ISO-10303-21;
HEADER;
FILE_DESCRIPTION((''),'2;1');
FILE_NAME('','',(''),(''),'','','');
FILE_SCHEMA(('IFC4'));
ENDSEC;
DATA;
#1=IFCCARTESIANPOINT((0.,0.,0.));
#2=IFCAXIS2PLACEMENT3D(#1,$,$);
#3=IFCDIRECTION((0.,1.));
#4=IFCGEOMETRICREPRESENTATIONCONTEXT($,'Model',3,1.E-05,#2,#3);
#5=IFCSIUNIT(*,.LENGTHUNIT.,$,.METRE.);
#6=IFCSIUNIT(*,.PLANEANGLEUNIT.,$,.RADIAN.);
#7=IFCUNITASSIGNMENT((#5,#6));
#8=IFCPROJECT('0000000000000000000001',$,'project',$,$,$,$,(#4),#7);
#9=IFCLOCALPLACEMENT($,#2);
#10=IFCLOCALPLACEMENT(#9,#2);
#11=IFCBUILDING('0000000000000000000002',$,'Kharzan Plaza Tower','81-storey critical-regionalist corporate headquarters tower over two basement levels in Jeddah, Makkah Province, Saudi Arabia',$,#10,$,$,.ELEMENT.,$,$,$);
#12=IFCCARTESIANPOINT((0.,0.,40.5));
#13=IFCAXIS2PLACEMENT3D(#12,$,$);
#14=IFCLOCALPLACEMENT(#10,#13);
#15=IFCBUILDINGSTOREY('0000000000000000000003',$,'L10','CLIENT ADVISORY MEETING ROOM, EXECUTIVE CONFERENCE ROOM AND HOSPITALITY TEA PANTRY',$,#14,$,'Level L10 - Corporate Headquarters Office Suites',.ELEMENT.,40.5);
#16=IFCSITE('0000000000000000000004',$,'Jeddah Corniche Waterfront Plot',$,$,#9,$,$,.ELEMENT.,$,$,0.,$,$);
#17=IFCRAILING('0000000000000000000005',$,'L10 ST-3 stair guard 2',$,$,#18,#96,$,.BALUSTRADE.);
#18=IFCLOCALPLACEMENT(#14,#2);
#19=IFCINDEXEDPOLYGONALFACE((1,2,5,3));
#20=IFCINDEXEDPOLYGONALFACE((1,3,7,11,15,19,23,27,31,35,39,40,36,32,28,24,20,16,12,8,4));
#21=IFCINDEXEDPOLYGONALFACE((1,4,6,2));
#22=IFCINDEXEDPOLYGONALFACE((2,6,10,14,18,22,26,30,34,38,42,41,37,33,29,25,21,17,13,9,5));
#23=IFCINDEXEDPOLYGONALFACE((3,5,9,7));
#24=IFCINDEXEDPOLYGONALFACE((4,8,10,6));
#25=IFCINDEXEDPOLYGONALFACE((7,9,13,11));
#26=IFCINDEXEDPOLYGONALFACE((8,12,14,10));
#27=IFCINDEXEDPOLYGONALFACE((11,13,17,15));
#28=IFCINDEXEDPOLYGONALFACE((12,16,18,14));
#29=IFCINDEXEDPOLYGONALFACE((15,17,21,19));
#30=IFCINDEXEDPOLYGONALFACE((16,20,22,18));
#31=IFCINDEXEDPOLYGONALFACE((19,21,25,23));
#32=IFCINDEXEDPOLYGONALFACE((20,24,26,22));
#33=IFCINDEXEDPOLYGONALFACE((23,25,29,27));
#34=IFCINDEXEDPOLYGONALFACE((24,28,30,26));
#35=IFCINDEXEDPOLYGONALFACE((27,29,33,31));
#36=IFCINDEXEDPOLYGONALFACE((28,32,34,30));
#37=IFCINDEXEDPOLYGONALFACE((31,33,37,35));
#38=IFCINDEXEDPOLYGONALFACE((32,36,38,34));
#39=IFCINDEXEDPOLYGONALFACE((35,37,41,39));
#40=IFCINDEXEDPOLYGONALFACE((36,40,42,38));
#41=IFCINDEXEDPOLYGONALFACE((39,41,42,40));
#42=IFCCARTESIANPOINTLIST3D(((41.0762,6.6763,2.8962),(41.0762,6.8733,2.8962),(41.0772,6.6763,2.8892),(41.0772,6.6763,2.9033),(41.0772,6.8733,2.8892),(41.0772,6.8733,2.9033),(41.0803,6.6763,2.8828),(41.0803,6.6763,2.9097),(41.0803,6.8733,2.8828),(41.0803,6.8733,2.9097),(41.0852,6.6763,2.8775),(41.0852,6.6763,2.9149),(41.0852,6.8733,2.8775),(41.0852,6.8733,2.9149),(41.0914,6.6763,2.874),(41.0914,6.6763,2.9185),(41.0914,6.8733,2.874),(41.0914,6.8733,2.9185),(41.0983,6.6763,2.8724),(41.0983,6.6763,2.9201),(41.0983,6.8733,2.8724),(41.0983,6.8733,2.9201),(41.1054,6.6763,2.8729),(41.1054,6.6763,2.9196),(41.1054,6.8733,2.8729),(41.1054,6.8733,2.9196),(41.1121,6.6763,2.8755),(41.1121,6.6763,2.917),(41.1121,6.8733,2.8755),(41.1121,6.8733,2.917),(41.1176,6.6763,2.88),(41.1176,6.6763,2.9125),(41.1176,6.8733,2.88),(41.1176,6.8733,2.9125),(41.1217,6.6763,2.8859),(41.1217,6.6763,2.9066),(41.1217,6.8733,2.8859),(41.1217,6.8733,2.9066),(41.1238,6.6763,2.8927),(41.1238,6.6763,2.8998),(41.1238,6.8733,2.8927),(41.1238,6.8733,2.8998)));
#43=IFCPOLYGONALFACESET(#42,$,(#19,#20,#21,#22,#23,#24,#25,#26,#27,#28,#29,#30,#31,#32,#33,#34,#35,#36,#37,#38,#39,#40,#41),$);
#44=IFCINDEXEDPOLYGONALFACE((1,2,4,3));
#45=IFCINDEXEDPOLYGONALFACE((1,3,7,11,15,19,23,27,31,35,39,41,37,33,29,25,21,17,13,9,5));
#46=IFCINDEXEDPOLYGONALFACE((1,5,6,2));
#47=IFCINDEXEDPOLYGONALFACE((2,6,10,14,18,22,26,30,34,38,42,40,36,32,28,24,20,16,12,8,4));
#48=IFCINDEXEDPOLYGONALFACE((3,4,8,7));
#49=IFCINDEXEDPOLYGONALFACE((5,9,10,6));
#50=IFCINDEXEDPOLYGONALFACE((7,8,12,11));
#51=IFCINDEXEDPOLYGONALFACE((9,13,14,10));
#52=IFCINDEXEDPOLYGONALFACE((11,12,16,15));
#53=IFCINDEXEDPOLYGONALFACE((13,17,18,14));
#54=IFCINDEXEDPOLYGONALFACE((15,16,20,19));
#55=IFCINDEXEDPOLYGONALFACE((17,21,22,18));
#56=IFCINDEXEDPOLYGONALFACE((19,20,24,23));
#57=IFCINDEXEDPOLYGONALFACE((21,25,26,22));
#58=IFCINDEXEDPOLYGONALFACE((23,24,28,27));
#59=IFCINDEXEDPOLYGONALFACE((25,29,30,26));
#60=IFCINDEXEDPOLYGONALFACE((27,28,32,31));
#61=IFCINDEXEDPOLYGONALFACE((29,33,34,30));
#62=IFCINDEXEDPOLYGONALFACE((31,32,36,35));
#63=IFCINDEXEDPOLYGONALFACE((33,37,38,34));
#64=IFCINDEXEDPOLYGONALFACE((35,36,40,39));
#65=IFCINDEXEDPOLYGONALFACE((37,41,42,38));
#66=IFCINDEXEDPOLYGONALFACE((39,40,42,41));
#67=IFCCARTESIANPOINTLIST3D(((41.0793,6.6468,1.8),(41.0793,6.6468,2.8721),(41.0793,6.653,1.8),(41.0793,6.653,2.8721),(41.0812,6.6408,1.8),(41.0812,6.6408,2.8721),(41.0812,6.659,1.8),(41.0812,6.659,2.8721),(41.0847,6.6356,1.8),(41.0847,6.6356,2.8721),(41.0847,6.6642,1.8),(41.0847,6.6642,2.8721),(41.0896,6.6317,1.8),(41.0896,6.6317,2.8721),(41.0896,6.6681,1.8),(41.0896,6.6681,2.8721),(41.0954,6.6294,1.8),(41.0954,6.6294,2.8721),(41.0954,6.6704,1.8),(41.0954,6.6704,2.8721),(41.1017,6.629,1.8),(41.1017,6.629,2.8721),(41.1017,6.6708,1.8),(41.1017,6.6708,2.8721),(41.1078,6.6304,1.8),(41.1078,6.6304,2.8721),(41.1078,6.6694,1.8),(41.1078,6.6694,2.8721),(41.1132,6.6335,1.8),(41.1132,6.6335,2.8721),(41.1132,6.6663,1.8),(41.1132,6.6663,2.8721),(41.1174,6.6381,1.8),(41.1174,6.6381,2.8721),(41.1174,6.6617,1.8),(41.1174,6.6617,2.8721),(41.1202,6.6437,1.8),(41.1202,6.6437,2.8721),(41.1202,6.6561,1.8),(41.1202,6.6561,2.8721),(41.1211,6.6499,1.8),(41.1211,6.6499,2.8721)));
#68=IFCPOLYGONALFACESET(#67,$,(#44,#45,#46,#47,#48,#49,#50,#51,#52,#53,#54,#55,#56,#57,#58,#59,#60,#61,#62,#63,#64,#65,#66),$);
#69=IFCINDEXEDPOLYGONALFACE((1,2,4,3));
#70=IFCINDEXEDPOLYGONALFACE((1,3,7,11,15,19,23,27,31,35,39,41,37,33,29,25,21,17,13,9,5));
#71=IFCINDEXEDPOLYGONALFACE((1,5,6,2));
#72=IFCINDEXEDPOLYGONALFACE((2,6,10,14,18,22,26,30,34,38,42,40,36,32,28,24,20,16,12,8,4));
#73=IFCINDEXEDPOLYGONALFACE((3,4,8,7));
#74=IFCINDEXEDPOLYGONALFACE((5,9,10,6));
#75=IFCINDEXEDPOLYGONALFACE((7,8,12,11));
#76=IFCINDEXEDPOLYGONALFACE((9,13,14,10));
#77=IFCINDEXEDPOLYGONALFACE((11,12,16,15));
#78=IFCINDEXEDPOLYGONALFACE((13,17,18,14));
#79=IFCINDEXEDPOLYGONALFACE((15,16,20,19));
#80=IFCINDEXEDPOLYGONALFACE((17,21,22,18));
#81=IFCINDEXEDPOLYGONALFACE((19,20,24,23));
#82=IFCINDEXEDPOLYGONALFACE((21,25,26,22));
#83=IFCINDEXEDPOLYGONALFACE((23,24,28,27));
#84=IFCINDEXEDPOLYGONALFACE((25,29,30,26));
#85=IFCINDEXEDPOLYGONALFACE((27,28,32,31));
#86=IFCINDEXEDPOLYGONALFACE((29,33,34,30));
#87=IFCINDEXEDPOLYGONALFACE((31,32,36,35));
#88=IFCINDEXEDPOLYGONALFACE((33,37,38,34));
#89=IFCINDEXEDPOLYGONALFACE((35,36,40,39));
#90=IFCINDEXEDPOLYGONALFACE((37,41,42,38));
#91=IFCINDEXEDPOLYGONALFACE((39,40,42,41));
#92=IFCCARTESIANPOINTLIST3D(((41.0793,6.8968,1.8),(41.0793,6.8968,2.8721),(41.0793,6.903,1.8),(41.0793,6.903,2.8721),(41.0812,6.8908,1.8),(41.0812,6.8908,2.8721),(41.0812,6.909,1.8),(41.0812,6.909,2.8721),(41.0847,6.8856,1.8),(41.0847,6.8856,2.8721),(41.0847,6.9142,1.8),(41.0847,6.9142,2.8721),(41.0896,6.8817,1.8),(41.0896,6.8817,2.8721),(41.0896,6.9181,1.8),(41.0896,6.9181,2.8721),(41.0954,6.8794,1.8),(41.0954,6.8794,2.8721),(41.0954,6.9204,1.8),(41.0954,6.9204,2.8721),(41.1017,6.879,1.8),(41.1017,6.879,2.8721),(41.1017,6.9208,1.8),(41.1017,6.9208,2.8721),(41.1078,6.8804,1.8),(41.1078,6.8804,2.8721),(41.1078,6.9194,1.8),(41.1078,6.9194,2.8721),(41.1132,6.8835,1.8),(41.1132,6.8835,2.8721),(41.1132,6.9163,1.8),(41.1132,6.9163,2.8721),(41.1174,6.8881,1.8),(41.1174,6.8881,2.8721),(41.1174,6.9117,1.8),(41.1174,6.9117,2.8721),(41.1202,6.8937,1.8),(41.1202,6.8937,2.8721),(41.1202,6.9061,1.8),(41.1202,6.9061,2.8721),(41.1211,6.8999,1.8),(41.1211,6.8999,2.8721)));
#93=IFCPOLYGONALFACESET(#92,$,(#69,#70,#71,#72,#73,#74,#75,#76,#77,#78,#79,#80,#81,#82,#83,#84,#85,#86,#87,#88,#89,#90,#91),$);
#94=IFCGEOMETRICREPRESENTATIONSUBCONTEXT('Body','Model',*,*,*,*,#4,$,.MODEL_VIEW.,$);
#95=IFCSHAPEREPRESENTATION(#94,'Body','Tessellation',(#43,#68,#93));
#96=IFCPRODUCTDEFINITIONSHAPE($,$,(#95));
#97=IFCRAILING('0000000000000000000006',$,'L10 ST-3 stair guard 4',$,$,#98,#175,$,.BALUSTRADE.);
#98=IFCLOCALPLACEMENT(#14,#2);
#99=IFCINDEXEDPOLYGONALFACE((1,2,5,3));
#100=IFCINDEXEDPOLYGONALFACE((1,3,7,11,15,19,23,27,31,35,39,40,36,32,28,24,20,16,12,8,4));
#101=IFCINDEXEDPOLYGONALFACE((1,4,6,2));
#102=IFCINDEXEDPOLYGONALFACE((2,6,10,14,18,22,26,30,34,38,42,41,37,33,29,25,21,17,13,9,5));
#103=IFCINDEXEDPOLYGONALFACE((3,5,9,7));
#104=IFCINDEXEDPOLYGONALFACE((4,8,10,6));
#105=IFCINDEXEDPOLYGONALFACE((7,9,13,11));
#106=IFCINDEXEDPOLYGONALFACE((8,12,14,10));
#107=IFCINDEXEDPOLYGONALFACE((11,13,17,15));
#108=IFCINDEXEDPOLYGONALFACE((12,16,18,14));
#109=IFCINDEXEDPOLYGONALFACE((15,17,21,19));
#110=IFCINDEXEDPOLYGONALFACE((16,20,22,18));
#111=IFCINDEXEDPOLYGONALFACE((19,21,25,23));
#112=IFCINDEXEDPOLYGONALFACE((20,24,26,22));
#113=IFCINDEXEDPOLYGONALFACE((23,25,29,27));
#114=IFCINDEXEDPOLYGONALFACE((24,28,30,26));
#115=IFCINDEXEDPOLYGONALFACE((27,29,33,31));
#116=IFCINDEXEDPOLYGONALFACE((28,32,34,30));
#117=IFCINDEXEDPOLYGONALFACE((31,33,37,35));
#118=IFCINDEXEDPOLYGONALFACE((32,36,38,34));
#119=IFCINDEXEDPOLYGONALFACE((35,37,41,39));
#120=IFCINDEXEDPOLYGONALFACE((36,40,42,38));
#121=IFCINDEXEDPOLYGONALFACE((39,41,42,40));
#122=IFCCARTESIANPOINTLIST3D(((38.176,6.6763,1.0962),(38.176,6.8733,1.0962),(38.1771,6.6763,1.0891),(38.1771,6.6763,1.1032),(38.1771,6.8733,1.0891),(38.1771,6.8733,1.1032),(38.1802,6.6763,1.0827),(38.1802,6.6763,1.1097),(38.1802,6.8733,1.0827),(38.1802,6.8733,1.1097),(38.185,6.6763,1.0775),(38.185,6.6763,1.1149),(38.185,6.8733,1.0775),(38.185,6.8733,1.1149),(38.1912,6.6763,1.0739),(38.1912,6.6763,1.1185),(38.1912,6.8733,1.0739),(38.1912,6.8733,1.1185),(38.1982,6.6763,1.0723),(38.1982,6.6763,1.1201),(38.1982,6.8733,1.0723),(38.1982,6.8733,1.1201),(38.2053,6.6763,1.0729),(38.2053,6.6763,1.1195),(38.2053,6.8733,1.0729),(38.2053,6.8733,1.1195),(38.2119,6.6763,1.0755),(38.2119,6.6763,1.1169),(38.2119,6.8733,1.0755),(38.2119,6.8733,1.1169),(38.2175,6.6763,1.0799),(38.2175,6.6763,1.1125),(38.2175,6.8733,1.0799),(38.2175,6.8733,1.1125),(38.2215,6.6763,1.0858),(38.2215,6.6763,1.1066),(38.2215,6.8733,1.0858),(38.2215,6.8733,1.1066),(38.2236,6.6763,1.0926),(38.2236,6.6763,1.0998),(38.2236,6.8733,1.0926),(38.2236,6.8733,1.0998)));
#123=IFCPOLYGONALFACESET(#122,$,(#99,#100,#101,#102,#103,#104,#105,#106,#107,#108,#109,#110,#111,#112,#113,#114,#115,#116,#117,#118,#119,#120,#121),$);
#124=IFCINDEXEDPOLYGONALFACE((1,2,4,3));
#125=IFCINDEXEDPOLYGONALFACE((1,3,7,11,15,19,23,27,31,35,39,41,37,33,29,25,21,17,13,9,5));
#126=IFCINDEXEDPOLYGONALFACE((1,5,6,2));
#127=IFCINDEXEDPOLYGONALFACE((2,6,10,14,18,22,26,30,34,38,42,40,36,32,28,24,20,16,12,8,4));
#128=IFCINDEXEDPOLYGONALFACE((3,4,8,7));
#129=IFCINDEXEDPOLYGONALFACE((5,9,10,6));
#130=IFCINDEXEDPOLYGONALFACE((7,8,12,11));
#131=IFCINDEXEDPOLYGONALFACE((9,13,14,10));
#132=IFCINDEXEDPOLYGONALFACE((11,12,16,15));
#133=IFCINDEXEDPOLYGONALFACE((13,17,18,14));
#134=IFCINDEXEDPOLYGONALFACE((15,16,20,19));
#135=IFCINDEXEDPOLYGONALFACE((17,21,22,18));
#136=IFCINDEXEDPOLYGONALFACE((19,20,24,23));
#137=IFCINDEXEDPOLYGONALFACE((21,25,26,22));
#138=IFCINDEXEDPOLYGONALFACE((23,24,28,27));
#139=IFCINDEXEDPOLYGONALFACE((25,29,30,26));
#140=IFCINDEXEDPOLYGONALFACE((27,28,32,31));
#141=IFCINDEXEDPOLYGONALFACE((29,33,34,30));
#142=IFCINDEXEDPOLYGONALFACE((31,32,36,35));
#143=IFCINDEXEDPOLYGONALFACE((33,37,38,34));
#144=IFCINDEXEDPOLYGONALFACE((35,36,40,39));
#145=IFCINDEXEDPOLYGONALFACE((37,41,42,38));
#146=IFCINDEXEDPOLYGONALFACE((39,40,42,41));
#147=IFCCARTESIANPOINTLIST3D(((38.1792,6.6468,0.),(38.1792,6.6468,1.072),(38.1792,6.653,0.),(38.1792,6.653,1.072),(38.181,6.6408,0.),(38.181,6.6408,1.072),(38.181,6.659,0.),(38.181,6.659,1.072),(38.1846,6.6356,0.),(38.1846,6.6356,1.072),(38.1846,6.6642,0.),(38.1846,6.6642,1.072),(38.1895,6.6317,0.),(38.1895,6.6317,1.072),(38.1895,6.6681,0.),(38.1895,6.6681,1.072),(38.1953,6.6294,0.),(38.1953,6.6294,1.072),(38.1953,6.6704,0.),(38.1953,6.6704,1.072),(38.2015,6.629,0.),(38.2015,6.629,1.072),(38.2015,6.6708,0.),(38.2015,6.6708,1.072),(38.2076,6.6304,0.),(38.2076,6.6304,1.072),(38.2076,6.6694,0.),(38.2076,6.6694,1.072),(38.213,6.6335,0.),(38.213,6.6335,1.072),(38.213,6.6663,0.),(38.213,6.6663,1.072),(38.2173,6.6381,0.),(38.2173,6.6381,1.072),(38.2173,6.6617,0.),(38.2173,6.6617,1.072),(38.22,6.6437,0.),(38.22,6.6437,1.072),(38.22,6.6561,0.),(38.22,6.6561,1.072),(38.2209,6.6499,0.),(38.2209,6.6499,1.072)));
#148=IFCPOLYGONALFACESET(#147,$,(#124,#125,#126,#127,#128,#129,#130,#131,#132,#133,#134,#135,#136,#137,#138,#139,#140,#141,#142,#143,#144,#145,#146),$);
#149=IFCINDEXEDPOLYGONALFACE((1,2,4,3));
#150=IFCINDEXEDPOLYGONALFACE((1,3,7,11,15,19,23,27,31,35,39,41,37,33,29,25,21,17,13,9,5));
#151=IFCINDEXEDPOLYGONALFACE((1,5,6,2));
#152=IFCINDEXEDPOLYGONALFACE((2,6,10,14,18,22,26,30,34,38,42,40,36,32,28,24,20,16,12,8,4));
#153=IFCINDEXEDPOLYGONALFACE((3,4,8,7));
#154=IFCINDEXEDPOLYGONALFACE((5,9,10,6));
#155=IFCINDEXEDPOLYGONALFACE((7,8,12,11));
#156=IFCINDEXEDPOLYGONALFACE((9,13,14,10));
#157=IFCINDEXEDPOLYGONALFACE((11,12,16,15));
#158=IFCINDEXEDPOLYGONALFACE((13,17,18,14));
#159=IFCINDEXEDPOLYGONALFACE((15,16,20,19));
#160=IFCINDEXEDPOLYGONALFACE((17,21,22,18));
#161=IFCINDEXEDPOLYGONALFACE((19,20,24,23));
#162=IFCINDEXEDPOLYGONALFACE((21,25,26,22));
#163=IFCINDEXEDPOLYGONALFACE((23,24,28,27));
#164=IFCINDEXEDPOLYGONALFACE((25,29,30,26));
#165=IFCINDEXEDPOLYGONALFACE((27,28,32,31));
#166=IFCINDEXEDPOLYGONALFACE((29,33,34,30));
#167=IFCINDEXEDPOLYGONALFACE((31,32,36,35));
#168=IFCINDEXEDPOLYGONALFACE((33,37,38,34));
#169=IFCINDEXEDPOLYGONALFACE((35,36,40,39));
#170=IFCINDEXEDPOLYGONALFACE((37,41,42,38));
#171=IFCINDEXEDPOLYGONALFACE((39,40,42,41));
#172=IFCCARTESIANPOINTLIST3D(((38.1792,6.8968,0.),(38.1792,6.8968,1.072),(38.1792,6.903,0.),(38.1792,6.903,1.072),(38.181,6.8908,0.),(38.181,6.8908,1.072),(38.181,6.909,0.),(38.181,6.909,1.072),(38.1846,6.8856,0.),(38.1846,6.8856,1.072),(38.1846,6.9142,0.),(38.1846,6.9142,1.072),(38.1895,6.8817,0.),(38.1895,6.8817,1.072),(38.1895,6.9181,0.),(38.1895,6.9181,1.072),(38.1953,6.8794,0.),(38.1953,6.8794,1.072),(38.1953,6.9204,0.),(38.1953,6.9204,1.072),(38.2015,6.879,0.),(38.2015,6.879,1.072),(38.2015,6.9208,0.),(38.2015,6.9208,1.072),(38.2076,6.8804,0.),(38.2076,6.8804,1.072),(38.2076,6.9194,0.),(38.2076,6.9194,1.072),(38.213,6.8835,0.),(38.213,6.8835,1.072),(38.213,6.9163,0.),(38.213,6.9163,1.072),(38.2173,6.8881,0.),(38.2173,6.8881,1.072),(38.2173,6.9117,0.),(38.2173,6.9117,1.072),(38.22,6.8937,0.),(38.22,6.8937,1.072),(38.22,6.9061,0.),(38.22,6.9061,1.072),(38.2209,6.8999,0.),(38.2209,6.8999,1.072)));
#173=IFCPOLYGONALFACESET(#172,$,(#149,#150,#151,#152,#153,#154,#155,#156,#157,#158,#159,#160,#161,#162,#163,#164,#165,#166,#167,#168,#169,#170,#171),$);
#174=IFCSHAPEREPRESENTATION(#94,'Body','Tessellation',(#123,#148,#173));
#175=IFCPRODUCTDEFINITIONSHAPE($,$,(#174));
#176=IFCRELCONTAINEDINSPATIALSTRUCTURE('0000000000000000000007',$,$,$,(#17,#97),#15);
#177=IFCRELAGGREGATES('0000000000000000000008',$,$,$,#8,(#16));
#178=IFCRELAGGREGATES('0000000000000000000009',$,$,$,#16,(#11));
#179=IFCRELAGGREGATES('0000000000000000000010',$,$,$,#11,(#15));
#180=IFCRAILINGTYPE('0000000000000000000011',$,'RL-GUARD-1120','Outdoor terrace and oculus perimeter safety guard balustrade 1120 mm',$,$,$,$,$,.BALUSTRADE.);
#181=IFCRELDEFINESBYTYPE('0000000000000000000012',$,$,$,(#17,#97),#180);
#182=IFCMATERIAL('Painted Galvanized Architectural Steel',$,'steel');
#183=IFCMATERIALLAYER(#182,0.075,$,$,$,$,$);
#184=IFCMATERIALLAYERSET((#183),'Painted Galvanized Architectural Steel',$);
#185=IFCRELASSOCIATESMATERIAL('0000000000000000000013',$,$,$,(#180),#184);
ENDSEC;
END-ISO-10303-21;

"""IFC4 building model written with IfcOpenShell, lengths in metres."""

from ifc_helpers import new_model, si_unit, direction, frame, origin, origin_2d, place, context, subcontext, project, spatial, circle, extrude, source, transform, mapped, material, layer, layer_set, type_object, element, save


model = new_model("IFC4")

# Units and contexts
model_context = context("Model", 3, precision=1e-05, world=origin(), true_north=direction((0.0, 1.0)))
body_context = subcontext(model_context, "Body", "Model", "MODEL_VIEW")
ifc_project = project(units=[si_unit("LENGTHUNIT", "METRE"), si_unit("PLANEANGLEUNIT", "RADIAN")], contexts=[model_context])

# Site, building, storey
site_placement = place(None, origin())
site = spatial("IfcSite", under=ifc_project, at=site_placement, Name="Jeddah Corniche Waterfront Plot", CompositionType="ELEMENT", RefElevation=0.0)
building_placement = place(site_placement, origin())
building = spatial("IfcBuilding", under=site, at=building_placement, Name="Kharzan Plaza Tower", Description="81-storey critical-regionalist corporate headquarters tower over two basement levels in Jeddah, Makkah Province, Saudi Arabia", CompositionType="ELEMENT")
storey_placement = place(building_placement, frame((0.0, 0.0, 40.5)))
storey = spatial("IfcBuildingStorey", under=building, at=storey_placement, Name="L10", Description="CLIENT ADVISORY MEETING ROOM, EXECUTIVE CONFERENCE ROOM AND HOSPITALITY TEA PANTRY", LongName="Level L10 - Corporate Headquarters Office Suites", CompositionType="ELEMENT", Elevation=40.5)

# Railings
ifc_material_1 = material(Name="Painted Galvanized Architectural Steel", Category="steel")
ifc_layer_1 = layer(ifc_material_1, 0.075)
ifc_layer_set_1 = layer_set([ifc_layer_1], Name="Painted Galvanized Architectural Steel")
railing_type_1 = type_object("IfcRailingType", Name="RL-GUARD-1120", Description="Outdoor terrace and oculus perimeter safety guard balustrade 1120 mm", PredefinedType="BALUSTRADE", material=ifc_layer_set_1)
shared_shape_1 = source(origin(), body_context, "Body", "SweptSolid", [
    extrude(circle(Radius=0.0239, at=origin_2d()), frame((0.0, 0.0264, 1.0962), z_axis=(0.0, 1.0, 0.0), x_axis=(-1.0, 0.0, 0.0)), (0.0, 0.0, 1.0), 0.197),
    extrude(circle(Radius=0.021, at=origin_2d()), origin(), (0.0, 0.0, 1.0), 1.072),
    extrude(circle(Radius=0.021, at=origin_2d()), frame((0.0, 0.25, 0.0)), (0.0, 0.0, 1.0), 1.072),
])
for number, where, name in (
    (1, (41.1001, 6.6499, 1.8), "L10 ST-3 stair guard 2"),
    (2, (38.2, 6.6499, 0.0), "L10 ST-3 stair guard 4"),
):
    element("IfcRailing", number, at=place(storey_placement, frame(where)), inside=storey, type_object=railing_type_1, Name=name, PredefinedType="BALUSTRADE", context=body_context, shape_type="MappedRepresentation", body=[
        mapped(shared_shape_1, transform((0.0, 0.0, 0.0), x_axis=(1.0, 0.0, 0.0), y_axis=(0.0, 1.0, 0.0), z_axis=(0.0, 0.0, 1.0))),
    ])

save(model, "model.ifc")
